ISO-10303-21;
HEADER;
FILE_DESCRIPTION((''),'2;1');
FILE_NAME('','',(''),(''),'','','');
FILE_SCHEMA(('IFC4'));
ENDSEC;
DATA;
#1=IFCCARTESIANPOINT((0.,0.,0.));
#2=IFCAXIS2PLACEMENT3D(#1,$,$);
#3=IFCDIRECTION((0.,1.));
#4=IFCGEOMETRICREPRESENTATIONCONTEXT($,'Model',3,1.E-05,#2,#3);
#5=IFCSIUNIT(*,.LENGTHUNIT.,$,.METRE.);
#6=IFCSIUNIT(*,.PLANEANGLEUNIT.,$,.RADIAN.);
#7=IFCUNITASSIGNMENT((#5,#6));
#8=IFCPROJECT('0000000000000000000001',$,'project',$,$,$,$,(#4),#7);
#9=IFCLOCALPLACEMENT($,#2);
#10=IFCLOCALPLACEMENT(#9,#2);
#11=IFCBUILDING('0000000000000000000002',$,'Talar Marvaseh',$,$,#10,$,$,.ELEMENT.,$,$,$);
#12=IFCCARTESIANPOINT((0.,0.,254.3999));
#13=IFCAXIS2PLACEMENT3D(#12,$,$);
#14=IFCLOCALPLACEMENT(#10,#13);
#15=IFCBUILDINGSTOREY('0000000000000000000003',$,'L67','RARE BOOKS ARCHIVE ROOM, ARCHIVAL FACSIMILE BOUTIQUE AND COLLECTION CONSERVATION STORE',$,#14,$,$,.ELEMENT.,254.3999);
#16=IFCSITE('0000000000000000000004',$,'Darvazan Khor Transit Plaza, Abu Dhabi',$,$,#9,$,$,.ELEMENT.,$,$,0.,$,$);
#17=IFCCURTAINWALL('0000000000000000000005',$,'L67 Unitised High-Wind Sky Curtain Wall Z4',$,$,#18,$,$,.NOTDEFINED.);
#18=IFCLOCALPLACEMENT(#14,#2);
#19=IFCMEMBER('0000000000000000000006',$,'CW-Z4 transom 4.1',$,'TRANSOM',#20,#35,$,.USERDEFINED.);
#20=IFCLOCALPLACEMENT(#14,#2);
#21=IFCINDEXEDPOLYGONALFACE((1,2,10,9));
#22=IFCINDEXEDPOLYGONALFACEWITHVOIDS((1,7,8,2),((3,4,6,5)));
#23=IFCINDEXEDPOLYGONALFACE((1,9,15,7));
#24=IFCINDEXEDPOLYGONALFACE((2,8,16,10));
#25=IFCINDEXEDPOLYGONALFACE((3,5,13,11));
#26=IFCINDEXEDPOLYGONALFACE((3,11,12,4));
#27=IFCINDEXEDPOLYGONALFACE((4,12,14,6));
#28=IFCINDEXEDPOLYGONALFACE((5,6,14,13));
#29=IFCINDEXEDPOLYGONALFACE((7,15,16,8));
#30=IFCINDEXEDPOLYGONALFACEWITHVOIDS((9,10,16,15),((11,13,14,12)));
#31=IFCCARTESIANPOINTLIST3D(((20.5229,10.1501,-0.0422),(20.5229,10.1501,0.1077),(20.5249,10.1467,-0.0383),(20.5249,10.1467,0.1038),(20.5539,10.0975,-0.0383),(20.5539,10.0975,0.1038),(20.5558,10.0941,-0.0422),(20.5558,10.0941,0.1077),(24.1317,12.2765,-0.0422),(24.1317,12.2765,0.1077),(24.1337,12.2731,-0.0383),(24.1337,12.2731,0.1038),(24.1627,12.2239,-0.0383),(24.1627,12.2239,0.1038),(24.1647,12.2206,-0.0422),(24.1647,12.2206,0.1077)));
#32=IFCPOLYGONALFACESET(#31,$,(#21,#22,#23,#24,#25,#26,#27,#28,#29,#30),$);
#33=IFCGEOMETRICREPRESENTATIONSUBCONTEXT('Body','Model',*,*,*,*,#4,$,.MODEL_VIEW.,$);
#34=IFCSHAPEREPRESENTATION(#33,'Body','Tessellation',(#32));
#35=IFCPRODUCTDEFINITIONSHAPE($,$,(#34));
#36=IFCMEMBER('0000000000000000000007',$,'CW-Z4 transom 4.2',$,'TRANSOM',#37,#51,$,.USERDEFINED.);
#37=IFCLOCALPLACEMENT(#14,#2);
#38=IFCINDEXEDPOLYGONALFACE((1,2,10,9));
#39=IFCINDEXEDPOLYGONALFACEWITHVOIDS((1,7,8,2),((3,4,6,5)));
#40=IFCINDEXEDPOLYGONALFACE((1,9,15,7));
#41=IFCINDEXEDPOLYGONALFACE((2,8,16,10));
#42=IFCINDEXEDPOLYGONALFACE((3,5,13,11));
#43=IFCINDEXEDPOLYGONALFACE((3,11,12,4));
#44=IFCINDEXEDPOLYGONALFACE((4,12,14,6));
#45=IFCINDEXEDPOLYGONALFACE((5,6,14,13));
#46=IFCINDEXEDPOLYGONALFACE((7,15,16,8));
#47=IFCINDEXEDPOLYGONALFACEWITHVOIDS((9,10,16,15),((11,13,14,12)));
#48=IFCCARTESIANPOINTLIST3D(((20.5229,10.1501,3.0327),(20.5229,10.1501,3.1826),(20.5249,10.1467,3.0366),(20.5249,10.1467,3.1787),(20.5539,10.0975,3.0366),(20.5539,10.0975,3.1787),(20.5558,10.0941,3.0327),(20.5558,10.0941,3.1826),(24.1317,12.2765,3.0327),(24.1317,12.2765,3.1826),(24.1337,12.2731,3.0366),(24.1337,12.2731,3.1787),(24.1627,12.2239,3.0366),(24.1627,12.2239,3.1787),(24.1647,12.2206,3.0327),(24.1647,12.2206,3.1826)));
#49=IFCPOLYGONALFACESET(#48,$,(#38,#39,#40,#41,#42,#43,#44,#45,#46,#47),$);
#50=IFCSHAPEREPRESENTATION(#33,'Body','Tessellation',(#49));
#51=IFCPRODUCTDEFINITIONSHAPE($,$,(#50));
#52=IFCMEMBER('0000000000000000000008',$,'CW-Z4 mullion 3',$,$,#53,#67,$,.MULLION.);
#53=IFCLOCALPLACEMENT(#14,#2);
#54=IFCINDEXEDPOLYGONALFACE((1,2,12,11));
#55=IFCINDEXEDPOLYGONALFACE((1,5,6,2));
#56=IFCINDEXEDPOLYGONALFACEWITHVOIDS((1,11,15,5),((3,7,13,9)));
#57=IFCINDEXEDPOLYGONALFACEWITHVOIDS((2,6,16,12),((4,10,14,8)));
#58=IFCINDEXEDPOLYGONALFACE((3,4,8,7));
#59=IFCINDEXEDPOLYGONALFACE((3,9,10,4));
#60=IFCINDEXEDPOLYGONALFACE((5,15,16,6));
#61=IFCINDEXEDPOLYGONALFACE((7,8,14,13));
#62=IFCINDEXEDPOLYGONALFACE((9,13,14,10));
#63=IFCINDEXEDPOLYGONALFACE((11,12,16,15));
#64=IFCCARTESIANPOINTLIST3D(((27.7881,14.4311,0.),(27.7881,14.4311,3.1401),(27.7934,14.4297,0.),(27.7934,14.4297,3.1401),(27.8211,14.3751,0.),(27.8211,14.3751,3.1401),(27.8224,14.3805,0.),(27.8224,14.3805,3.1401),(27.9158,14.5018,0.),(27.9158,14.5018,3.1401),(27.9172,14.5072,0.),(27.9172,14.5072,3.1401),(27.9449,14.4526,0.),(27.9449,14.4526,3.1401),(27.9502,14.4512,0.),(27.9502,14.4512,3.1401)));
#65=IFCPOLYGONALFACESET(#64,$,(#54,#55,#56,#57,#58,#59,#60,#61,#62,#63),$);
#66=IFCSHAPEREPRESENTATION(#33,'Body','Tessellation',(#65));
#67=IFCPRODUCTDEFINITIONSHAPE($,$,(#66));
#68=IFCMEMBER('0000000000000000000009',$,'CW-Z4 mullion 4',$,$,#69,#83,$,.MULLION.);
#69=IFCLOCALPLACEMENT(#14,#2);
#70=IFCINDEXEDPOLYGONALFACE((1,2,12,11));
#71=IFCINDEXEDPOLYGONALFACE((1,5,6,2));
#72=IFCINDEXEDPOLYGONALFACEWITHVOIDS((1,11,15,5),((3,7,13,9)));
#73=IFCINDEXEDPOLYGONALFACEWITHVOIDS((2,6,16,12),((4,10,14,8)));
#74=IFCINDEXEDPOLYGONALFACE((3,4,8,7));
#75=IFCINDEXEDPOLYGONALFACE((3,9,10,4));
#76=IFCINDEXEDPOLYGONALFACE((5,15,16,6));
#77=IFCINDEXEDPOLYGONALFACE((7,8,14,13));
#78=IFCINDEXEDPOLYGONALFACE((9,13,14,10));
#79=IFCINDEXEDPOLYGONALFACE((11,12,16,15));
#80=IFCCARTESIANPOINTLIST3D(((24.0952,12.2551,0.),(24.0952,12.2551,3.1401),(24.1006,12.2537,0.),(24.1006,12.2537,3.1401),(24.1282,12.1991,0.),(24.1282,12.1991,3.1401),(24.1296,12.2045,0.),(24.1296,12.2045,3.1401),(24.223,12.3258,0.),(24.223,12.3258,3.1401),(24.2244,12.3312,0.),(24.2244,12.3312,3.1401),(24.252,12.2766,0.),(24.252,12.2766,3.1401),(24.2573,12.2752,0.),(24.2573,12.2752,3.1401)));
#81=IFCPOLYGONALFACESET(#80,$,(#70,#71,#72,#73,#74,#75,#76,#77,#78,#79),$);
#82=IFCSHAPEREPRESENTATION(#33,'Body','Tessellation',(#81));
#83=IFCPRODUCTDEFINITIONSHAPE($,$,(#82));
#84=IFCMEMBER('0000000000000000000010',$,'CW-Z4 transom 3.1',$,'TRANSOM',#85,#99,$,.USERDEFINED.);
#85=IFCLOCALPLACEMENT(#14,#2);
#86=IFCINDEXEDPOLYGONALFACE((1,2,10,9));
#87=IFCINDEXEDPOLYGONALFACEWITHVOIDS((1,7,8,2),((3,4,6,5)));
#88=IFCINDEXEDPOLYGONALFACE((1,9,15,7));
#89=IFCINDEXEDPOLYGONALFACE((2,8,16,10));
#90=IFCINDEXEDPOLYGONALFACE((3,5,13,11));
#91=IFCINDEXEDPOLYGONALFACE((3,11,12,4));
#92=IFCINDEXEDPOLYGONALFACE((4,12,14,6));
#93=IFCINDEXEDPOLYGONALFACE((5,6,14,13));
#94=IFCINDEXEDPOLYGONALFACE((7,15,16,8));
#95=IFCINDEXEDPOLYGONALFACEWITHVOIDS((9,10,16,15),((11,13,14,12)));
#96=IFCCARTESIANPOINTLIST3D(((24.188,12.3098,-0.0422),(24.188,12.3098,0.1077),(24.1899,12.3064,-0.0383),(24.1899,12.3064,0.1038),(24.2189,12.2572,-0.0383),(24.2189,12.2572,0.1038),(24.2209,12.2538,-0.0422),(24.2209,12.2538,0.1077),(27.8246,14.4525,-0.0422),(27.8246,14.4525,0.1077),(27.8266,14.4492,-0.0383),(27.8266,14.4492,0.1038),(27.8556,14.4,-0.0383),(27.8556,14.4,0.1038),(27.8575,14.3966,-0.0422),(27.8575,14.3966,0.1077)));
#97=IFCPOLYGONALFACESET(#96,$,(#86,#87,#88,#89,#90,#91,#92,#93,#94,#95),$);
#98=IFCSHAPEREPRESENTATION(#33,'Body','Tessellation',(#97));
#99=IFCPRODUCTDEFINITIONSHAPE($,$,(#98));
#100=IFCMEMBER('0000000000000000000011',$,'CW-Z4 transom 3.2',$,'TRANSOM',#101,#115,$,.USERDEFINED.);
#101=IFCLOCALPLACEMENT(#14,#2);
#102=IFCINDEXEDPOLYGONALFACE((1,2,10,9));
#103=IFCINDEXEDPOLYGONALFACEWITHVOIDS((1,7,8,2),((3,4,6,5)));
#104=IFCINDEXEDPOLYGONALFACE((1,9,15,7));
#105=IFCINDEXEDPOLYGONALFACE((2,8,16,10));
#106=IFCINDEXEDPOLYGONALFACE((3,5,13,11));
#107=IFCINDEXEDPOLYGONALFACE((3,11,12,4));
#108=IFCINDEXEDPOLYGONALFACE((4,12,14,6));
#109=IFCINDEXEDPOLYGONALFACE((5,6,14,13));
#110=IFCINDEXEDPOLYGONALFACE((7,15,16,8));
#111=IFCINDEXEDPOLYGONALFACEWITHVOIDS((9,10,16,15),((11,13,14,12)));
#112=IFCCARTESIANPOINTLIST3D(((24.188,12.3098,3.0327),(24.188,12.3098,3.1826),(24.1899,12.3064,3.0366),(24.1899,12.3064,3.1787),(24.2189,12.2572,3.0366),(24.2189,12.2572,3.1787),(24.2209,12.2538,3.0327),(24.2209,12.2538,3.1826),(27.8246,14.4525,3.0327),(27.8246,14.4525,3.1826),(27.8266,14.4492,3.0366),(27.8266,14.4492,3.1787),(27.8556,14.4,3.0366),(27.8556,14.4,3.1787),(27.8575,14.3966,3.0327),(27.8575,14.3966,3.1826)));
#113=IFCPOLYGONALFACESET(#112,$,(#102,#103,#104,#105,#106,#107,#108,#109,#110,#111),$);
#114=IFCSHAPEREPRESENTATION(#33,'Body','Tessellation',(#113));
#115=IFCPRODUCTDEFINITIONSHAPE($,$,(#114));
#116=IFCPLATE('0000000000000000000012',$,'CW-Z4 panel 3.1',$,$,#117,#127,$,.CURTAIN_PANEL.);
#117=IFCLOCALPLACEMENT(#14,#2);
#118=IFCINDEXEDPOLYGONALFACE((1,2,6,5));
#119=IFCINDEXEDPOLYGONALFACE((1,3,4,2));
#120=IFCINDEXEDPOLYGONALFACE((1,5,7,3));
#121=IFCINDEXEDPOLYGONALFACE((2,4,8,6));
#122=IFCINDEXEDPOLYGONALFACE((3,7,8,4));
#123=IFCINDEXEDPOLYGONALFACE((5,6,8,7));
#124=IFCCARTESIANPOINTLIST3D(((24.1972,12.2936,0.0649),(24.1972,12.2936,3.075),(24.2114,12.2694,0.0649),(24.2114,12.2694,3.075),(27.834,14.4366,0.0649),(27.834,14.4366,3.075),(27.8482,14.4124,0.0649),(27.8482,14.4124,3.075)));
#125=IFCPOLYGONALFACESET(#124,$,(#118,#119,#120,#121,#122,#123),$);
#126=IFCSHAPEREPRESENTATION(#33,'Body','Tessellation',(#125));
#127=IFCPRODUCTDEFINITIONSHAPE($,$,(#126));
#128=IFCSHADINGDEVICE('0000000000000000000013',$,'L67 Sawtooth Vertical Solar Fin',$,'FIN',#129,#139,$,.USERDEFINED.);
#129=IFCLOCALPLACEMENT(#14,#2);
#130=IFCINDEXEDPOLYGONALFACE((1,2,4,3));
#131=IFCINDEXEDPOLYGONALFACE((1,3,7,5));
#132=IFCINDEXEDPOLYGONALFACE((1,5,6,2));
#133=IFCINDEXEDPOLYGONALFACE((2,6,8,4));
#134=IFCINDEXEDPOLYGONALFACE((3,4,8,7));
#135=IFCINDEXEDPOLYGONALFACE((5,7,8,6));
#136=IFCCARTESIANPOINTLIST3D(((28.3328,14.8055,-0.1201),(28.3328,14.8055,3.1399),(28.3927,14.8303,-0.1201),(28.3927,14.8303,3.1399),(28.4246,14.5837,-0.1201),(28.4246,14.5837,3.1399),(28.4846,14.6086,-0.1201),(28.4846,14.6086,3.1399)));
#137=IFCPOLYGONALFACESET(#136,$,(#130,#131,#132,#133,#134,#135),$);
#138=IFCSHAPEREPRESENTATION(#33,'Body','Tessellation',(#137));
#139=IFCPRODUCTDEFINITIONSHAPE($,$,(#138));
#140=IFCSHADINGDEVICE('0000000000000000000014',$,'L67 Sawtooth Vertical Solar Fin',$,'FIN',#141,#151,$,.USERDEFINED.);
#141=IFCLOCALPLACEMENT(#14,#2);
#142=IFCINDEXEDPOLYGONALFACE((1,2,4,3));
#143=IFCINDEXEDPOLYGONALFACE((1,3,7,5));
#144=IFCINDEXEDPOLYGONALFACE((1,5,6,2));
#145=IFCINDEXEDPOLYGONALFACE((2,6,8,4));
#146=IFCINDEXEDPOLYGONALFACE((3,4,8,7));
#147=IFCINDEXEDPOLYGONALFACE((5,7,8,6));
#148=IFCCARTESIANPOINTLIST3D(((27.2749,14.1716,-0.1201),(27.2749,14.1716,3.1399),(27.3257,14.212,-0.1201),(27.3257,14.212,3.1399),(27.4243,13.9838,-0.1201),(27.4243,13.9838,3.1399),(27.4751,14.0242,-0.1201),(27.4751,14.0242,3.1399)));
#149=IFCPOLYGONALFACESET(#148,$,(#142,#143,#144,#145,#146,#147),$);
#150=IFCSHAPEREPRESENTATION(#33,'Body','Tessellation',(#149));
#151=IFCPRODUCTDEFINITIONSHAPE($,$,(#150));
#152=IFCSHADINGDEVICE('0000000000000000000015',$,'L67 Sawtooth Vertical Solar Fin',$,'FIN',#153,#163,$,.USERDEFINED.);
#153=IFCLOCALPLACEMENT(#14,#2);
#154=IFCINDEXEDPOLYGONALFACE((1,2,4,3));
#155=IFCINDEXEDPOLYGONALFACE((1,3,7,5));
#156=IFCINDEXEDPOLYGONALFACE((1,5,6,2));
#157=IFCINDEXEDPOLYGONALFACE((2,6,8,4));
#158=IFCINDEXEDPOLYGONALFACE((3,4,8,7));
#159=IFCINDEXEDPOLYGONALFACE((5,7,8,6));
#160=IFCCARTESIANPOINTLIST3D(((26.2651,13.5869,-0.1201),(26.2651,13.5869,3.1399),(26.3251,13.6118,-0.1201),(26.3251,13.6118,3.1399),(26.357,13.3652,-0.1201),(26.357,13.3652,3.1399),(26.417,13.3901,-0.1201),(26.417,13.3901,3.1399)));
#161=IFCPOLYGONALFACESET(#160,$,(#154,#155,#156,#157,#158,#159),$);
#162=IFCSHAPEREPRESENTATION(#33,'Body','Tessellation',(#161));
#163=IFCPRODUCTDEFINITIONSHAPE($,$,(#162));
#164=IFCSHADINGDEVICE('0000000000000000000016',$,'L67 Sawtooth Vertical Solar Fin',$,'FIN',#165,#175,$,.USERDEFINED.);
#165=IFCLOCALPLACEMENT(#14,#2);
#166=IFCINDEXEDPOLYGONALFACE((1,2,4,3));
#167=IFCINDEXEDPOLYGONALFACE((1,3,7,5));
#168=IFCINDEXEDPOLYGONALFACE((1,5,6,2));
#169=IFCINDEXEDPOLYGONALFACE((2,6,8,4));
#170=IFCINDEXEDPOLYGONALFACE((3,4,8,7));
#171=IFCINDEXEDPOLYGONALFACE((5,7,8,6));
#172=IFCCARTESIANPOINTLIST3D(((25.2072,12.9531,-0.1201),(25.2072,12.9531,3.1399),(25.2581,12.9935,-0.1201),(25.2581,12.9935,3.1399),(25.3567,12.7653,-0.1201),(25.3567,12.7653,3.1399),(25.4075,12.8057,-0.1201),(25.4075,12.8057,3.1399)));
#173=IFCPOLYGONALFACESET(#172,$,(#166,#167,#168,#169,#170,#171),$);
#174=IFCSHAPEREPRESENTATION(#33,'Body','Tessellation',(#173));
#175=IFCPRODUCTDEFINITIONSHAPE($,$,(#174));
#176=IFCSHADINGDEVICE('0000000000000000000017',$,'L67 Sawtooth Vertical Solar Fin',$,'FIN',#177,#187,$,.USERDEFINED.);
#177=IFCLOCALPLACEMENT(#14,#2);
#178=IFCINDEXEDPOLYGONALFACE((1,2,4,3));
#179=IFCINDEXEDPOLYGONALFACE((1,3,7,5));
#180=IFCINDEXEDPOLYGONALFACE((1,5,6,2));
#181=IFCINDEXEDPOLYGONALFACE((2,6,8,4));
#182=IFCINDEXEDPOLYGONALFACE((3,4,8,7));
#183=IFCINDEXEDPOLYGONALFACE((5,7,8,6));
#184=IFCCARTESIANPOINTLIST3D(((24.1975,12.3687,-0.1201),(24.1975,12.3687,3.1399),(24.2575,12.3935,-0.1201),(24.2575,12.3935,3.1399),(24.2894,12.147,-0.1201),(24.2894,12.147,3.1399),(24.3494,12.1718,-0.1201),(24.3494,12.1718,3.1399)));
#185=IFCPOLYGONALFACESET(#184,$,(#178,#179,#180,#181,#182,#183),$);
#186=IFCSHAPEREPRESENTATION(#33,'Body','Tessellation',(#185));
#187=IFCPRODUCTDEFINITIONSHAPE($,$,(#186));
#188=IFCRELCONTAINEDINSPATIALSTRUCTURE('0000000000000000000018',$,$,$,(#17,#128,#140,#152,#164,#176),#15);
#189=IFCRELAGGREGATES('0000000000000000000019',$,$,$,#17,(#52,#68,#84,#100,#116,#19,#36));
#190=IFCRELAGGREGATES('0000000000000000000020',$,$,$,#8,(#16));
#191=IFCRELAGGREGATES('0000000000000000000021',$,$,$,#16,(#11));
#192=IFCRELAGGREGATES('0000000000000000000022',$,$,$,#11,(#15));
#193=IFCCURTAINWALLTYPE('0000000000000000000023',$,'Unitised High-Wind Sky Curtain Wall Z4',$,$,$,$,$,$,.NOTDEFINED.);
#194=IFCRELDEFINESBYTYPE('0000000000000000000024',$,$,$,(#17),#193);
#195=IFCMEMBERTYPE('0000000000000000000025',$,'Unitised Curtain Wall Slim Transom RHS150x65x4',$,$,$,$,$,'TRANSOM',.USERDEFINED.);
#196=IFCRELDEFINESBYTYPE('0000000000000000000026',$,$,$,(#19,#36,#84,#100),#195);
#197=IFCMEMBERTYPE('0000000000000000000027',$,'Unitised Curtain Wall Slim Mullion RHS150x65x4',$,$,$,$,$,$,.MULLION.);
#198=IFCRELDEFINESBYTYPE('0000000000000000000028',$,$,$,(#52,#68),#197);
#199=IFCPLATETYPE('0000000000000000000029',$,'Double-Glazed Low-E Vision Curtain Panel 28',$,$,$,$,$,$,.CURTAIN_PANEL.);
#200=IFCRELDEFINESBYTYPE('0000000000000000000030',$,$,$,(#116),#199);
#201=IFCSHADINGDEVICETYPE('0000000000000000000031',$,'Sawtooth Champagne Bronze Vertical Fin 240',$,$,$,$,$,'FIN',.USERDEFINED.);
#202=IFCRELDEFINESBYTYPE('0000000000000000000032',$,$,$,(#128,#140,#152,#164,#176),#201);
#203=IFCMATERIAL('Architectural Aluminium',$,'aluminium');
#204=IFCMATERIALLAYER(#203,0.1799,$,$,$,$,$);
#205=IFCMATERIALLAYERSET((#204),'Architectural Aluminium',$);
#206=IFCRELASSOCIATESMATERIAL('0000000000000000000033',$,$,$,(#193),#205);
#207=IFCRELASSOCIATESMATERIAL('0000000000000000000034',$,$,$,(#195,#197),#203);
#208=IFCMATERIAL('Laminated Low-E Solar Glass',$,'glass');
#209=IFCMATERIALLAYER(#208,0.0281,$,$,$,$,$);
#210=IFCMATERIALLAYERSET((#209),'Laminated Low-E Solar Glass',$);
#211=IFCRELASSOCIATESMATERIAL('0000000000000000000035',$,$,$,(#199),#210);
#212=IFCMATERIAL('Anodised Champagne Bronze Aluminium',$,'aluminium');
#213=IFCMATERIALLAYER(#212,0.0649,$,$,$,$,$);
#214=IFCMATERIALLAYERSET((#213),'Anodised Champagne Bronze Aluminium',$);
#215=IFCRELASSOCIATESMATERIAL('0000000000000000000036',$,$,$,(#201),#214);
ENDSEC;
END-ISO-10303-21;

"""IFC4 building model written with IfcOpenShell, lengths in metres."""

from ifc_helpers import new_model, si_unit, direction, frame, origin, origin_2d, place, context, subcontext, project, spatial, rectangle, hollow_rectangle, extrude, source, transform, mapped, material, layer, layer_set, material_profile, profile_set, type_object, type_shapes, element, aggregate, save


model = new_model("IFC4")

# Units and contexts
model_context = context("Model", 3, precision=1e-05, world=origin(), true_north=direction((0.0, 1.0)))
body_context = subcontext(model_context, "Body", "Model", "MODEL_VIEW")
ifc_project = project(units=[si_unit("LENGTHUNIT", "METRE"), si_unit("PLANEANGLEUNIT", "RADIAN")], contexts=[model_context])

# Site, building, storey
site_placement = place(None, origin())
site = spatial("IfcSite", under=ifc_project, at=site_placement, Name="Darvazan Khor Transit Plaza, Abu Dhabi", CompositionType="ELEMENT", RefElevation=0.0)
building_placement = place(site_placement, origin())
building = spatial("IfcBuilding", under=site, at=building_placement, Name="Talar Marvaseh", CompositionType="ELEMENT")
storey_placement = place(building_placement, frame((0.0, 0.0, 254.3999)))
storey = spatial("IfcBuildingStorey", under=building, at=storey_placement, Name="L67", Description="RARE BOOKS ARCHIVE ROOM, ARCHIVAL FACSIMILE BOUTIQUE AND COLLECTION CONSERVATION STORE", CompositionType="ELEMENT", Elevation=254.3999)

# Curtain wall, members, plate
ifc_material_1 = material(Name="Architectural Aluminium", Category="aluminium")
ifc_layer_1 = layer(ifc_material_1, 0.1799)
ifc_layer_set_1 = layer_set([ifc_layer_1], Name="Architectural Aluminium")
curtain_wall_type = type_object("IfcCurtainWallType", Name="Unitised High-Wind Sky Curtain Wall Z4", PredefinedType="NOTDEFINED", material=ifc_layer_set_1)
curtain_wall_placement = place(storey_placement, origin())
curtain_wall = element("IfcCurtainWall", 1, at=curtain_wall_placement, inside=storey, type_object=curtain_wall_type, Name="L67 Unitised High-Wind Sky Curtain Wall Z4", PredefinedType="NOTDEFINED")
ifc_material_profile_1 = material_profile(ifc_material_1, hollow_rectangle(XDim=0.0649, YDim=0.1499, WallThickness=0.0039, at=origin_2d()), Name="RHS150x65x4")
ifc_profile_set_1 = profile_set([ifc_material_profile_1], Name="Architectural Aluminium")
member_type_1 = type_object("IfcMemberType", Name="Unitised Curtain Wall Slim Transom RHS150x65x4", ElementType="TRANSOM", PredefinedType="USERDEFINED", material=ifc_profile_set_1)
shared_shape_1 = source(origin(), body_context, "Body", "SweptSolid", [
    extrude(hollow_rectangle(XDim=0.0649, YDim=0.1499, WallThickness=0.0039, at=origin_2d()), origin(), (0.0, 0.0, 1.0), 4.1887),
])
member_1_placement = place(storey_placement, frame((24.1482, 12.2485, 0.0327), z_axis=(-0.861559, -0.507657, 0.0), x_axis=(0.507657, -0.861559, 0.0)))
member_1 = element("IfcMember", 2, at=member_1_placement, type_object=member_type_1, Name="CW-Z4 transom 4.1", ObjectType="TRANSOM", PredefinedType="USERDEFINED", context=body_context, shape_type="MappedRepresentation", body=[
    mapped(shared_shape_1, transform((0.0, 0.0, 0.0), x_axis=(1.0, 0.0, 0.0), y_axis=(0.0, 1.0, 0.0), z_axis=(0.0, 0.0, 1.0), scale=1.0)),
])
member_2_placement = place(storey_placement, frame((24.1482, 12.2485, 3.1077), z_axis=(-0.861559, -0.507657, 0.0), x_axis=(0.507657, -0.861559, 0.0)))
member_2 = element("IfcMember", 3, at=member_2_placement, type_object=member_type_1, Name="CW-Z4 transom 4.2", ObjectType="TRANSOM", PredefinedType="USERDEFINED", context=body_context, shape_type="MappedRepresentation", body=[
    mapped(shared_shape_1, transform((0.0, 0.0, 0.0), x_axis=(1.0, 0.0, 0.0), y_axis=(0.0, 1.0, 0.0), z_axis=(0.0, 0.0, 1.0), scale=1.0)),
])
ifc_material_profile_2 = material_profile(ifc_material_1, hollow_rectangle(XDim=0.0649, YDim=0.1499, WallThickness=0.0039, at=origin_2d()), Name="RHS150x65x4")
ifc_profile_set_2 = profile_set([ifc_material_profile_2], Name="Architectural Aluminium")
member_type_2 = type_object("IfcMemberType", Name="Unitised Curtain Wall Slim Mullion RHS150x65x4", PredefinedType="MULLION", material=ifc_profile_set_2)
shared_shape_2 = source(origin(), body_context, "Body", "SweptSolid", [
    extrude(hollow_rectangle(XDim=0.0649, YDim=0.1499, WallThickness=0.0039, at=origin_2d()), origin(), (0.0, 0.0, 1.0), 3.1401),
])
type_shapes(member_type_2, [shared_shape_2])
member_3_placement = place(storey_placement, frame((27.8691, 14.4412, 0.0), z_axis=(0.0, 0.0, 1.0), x_axis=(0.507672, -0.861551, 0.0)))
member_3 = element("IfcMember", 4, at=member_3_placement, type_object=member_type_2, Name="CW-Z4 mullion 3", PredefinedType="MULLION", context=body_context, shape_type="MappedRepresentation", body=[
    mapped(shared_shape_2, transform((0.0, 0.0, 0.0), x_axis=(1.0, 0.0, 0.0), y_axis=(0.0, 1.0, 0.0), z_axis=(0.0, 0.0, 1.0), scale=1.0)),
])
member_4_placement = place(storey_placement, frame((24.1763, 12.2651, 0.0), z_axis=(0.0, 0.0, 1.0), x_axis=(0.507672, -0.861551, 0.0)))
member_4 = element("IfcMember", 5, at=member_4_placement, type_object=member_type_2, Name="CW-Z4 mullion 4", PredefinedType="MULLION", context=body_context, shape_type="MappedRepresentation", body=[
    mapped(shared_shape_2, transform((0.0, 0.0, 0.0), x_axis=(1.0, 0.0, 0.0), y_axis=(0.0, 1.0, 0.0), z_axis=(0.0, 0.0, 1.0), scale=1.0)),
])
shared_shape_3 = source(origin(), body_context, "Body", "SweptSolid", [
    extrude(hollow_rectangle(XDim=0.0649, YDim=0.1499, WallThickness=0.0039, at=origin_2d()), origin(), (0.0, 0.0, 1.0), 4.2209),
])
type_shapes(member_type_1, [shared_shape_1, shared_shape_3])
member_5_placement = place(storey_placement, frame((27.8411, 14.4246, 0.0327), z_axis=(-0.861564, -0.507649, 0.0), x_axis=(0.507649, -0.861564, 0.0)))
member_5 = element("IfcMember", 6, at=member_5_placement, type_object=member_type_1, Name="CW-Z4 transom 3.1", ObjectType="TRANSOM", PredefinedType="USERDEFINED", context=body_context, shape_type="MappedRepresentation", body=[
    mapped(shared_shape_3, transform((0.0, 0.0, 0.0), x_axis=(1.0, 0.0, 0.0), y_axis=(0.0, 1.0, 0.0), z_axis=(0.0, 0.0, 1.0), scale=1.0)),
])
member_6_placement = place(storey_placement, frame((27.8411, 14.4246, 3.1077), z_axis=(-0.861564, -0.507649, 0.0), x_axis=(0.507649, -0.861564, 0.0)))
member_6 = element("IfcMember", 7, at=member_6_placement, type_object=member_type_1, Name="CW-Z4 transom 3.2", ObjectType="TRANSOM", PredefinedType="USERDEFINED", context=body_context, shape_type="MappedRepresentation", body=[
    mapped(shared_shape_3, transform((0.0, 0.0, 0.0), x_axis=(1.0, 0.0, 0.0), y_axis=(0.0, 1.0, 0.0), z_axis=(0.0, 0.0, 1.0), scale=1.0)),
])
ifc_material_2 = material(Name="Laminated Low-E Solar Glass", Category="glass")
ifc_layer_2 = layer(ifc_material_2, 0.0281)
ifc_layer_set_2 = layer_set([ifc_layer_2], Name="Laminated Low-E Solar Glass")
plate_type = type_object("IfcPlateType", Name="Double-Glazed Low-E Vision Curtain Panel 28", PredefinedType="CURTAIN_PANEL", material=ifc_layer_set_2)
shared_shape_4 = source(origin(), body_context, "Body", "SweptSolid", [
    extrude(rectangle(XDim=4.2212, YDim=0.0281, at=origin_2d()), origin(), (0.0, 0.0, 1.0), 3.01),
])
type_shapes(plate_type, [shared_shape_4])
plate_placement = place(storey_placement, frame((26.0227, 13.353, 0.0649), z_axis=(0.0, 0.0, 1.0), x_axis=(-0.861551, -0.507672, 0.0)))
plate = element("IfcPlate", 8, at=plate_placement, type_object=plate_type, Name="CW-Z4 panel 3.1", PredefinedType="CURTAIN_PANEL", context=body_context, shape_type="MappedRepresentation", body=[
    mapped(shared_shape_4, transform((0.0, 0.0, 0.0), x_axis=(1.0, 0.0, 0.0), y_axis=(0.0, 1.0, 0.0), z_axis=(0.0, 0.0, 1.0), scale=1.0)),
])
aggregate(curtain_wall, [member_3, member_4, member_5, member_6, plate, member_1, member_2])

# Shading devices
ifc_material_3 = material(Name="Anodised Champagne Bronze Aluminium", Category="aluminium")
ifc_layer_3 = layer(ifc_material_3, 0.0649)
ifc_layer_set_3 = layer_set([ifc_layer_3], Name="Anodised Champagne Bronze Aluminium")
shading_device_type = type_object("IfcShadingDeviceType", Name="Sawtooth Champagne Bronze Vertical Fin 240", ElementType="FIN", PredefinedType="USERDEFINED", material=ifc_layer_set_3)
shared_shape_5 = source(origin(), body_context, "Body", "SweptSolid", [
    extrude(rectangle(XDim=0.24, YDim=0.0649, at=origin_2d()), origin(), (0.0, 0.0, 1.0), 3.26),
])
type_shapes(shading_device_type, [shared_shape_5])
for number, where, z_axis, x_axis, name in (
    (9, (28.4087, 14.707, -0.1201), (0.0, 0.0, 1.0), (0.382845, -0.923813, 0.0), "L67 Sawtooth Vertical Solar Fin"),
    (10, (27.375, 14.0979, -0.1201), (0.0, 0.0, 1.0), (0.622651, -0.782499, 0.0), "L67 Sawtooth Vertical Solar Fin"),
    (11, (26.3411, 13.4885, -0.1201), (0.0, 0.0, 1.0), (0.382845, -0.923813, 0.0), "L67 Sawtooth Vertical Solar Fin"),
    (12, (25.3074, 12.8794, -0.1201), (0.0, 0.0, 1.0), (0.622651, -0.782499, 0.0), "L67 Sawtooth Vertical Solar Fin"),
    (13, (24.2734, 12.2703, -0.1201), (0.0, 0.0, 1.0), (0.382845, -0.923813, 0.0), "L67 Sawtooth Vertical Solar Fin"),
):
    element("IfcShadingDevice", number, at=place(storey_placement, frame(where, z_axis=z_axis, x_axis=x_axis)), inside=storey, type_object=shading_device_type, Name=name, ObjectType="FIN", PredefinedType="USERDEFINED", context=body_context, shape_type="MappedRepresentation", body=[
        mapped(shared_shape_5, transform((0.0, 0.0, 0.0), x_axis=(1.0, 0.0, 0.0), y_axis=(0.0, 1.0, 0.0), z_axis=(0.0, 0.0, 1.0), scale=1.0)),
    ])

save(model, "model.ifc")
